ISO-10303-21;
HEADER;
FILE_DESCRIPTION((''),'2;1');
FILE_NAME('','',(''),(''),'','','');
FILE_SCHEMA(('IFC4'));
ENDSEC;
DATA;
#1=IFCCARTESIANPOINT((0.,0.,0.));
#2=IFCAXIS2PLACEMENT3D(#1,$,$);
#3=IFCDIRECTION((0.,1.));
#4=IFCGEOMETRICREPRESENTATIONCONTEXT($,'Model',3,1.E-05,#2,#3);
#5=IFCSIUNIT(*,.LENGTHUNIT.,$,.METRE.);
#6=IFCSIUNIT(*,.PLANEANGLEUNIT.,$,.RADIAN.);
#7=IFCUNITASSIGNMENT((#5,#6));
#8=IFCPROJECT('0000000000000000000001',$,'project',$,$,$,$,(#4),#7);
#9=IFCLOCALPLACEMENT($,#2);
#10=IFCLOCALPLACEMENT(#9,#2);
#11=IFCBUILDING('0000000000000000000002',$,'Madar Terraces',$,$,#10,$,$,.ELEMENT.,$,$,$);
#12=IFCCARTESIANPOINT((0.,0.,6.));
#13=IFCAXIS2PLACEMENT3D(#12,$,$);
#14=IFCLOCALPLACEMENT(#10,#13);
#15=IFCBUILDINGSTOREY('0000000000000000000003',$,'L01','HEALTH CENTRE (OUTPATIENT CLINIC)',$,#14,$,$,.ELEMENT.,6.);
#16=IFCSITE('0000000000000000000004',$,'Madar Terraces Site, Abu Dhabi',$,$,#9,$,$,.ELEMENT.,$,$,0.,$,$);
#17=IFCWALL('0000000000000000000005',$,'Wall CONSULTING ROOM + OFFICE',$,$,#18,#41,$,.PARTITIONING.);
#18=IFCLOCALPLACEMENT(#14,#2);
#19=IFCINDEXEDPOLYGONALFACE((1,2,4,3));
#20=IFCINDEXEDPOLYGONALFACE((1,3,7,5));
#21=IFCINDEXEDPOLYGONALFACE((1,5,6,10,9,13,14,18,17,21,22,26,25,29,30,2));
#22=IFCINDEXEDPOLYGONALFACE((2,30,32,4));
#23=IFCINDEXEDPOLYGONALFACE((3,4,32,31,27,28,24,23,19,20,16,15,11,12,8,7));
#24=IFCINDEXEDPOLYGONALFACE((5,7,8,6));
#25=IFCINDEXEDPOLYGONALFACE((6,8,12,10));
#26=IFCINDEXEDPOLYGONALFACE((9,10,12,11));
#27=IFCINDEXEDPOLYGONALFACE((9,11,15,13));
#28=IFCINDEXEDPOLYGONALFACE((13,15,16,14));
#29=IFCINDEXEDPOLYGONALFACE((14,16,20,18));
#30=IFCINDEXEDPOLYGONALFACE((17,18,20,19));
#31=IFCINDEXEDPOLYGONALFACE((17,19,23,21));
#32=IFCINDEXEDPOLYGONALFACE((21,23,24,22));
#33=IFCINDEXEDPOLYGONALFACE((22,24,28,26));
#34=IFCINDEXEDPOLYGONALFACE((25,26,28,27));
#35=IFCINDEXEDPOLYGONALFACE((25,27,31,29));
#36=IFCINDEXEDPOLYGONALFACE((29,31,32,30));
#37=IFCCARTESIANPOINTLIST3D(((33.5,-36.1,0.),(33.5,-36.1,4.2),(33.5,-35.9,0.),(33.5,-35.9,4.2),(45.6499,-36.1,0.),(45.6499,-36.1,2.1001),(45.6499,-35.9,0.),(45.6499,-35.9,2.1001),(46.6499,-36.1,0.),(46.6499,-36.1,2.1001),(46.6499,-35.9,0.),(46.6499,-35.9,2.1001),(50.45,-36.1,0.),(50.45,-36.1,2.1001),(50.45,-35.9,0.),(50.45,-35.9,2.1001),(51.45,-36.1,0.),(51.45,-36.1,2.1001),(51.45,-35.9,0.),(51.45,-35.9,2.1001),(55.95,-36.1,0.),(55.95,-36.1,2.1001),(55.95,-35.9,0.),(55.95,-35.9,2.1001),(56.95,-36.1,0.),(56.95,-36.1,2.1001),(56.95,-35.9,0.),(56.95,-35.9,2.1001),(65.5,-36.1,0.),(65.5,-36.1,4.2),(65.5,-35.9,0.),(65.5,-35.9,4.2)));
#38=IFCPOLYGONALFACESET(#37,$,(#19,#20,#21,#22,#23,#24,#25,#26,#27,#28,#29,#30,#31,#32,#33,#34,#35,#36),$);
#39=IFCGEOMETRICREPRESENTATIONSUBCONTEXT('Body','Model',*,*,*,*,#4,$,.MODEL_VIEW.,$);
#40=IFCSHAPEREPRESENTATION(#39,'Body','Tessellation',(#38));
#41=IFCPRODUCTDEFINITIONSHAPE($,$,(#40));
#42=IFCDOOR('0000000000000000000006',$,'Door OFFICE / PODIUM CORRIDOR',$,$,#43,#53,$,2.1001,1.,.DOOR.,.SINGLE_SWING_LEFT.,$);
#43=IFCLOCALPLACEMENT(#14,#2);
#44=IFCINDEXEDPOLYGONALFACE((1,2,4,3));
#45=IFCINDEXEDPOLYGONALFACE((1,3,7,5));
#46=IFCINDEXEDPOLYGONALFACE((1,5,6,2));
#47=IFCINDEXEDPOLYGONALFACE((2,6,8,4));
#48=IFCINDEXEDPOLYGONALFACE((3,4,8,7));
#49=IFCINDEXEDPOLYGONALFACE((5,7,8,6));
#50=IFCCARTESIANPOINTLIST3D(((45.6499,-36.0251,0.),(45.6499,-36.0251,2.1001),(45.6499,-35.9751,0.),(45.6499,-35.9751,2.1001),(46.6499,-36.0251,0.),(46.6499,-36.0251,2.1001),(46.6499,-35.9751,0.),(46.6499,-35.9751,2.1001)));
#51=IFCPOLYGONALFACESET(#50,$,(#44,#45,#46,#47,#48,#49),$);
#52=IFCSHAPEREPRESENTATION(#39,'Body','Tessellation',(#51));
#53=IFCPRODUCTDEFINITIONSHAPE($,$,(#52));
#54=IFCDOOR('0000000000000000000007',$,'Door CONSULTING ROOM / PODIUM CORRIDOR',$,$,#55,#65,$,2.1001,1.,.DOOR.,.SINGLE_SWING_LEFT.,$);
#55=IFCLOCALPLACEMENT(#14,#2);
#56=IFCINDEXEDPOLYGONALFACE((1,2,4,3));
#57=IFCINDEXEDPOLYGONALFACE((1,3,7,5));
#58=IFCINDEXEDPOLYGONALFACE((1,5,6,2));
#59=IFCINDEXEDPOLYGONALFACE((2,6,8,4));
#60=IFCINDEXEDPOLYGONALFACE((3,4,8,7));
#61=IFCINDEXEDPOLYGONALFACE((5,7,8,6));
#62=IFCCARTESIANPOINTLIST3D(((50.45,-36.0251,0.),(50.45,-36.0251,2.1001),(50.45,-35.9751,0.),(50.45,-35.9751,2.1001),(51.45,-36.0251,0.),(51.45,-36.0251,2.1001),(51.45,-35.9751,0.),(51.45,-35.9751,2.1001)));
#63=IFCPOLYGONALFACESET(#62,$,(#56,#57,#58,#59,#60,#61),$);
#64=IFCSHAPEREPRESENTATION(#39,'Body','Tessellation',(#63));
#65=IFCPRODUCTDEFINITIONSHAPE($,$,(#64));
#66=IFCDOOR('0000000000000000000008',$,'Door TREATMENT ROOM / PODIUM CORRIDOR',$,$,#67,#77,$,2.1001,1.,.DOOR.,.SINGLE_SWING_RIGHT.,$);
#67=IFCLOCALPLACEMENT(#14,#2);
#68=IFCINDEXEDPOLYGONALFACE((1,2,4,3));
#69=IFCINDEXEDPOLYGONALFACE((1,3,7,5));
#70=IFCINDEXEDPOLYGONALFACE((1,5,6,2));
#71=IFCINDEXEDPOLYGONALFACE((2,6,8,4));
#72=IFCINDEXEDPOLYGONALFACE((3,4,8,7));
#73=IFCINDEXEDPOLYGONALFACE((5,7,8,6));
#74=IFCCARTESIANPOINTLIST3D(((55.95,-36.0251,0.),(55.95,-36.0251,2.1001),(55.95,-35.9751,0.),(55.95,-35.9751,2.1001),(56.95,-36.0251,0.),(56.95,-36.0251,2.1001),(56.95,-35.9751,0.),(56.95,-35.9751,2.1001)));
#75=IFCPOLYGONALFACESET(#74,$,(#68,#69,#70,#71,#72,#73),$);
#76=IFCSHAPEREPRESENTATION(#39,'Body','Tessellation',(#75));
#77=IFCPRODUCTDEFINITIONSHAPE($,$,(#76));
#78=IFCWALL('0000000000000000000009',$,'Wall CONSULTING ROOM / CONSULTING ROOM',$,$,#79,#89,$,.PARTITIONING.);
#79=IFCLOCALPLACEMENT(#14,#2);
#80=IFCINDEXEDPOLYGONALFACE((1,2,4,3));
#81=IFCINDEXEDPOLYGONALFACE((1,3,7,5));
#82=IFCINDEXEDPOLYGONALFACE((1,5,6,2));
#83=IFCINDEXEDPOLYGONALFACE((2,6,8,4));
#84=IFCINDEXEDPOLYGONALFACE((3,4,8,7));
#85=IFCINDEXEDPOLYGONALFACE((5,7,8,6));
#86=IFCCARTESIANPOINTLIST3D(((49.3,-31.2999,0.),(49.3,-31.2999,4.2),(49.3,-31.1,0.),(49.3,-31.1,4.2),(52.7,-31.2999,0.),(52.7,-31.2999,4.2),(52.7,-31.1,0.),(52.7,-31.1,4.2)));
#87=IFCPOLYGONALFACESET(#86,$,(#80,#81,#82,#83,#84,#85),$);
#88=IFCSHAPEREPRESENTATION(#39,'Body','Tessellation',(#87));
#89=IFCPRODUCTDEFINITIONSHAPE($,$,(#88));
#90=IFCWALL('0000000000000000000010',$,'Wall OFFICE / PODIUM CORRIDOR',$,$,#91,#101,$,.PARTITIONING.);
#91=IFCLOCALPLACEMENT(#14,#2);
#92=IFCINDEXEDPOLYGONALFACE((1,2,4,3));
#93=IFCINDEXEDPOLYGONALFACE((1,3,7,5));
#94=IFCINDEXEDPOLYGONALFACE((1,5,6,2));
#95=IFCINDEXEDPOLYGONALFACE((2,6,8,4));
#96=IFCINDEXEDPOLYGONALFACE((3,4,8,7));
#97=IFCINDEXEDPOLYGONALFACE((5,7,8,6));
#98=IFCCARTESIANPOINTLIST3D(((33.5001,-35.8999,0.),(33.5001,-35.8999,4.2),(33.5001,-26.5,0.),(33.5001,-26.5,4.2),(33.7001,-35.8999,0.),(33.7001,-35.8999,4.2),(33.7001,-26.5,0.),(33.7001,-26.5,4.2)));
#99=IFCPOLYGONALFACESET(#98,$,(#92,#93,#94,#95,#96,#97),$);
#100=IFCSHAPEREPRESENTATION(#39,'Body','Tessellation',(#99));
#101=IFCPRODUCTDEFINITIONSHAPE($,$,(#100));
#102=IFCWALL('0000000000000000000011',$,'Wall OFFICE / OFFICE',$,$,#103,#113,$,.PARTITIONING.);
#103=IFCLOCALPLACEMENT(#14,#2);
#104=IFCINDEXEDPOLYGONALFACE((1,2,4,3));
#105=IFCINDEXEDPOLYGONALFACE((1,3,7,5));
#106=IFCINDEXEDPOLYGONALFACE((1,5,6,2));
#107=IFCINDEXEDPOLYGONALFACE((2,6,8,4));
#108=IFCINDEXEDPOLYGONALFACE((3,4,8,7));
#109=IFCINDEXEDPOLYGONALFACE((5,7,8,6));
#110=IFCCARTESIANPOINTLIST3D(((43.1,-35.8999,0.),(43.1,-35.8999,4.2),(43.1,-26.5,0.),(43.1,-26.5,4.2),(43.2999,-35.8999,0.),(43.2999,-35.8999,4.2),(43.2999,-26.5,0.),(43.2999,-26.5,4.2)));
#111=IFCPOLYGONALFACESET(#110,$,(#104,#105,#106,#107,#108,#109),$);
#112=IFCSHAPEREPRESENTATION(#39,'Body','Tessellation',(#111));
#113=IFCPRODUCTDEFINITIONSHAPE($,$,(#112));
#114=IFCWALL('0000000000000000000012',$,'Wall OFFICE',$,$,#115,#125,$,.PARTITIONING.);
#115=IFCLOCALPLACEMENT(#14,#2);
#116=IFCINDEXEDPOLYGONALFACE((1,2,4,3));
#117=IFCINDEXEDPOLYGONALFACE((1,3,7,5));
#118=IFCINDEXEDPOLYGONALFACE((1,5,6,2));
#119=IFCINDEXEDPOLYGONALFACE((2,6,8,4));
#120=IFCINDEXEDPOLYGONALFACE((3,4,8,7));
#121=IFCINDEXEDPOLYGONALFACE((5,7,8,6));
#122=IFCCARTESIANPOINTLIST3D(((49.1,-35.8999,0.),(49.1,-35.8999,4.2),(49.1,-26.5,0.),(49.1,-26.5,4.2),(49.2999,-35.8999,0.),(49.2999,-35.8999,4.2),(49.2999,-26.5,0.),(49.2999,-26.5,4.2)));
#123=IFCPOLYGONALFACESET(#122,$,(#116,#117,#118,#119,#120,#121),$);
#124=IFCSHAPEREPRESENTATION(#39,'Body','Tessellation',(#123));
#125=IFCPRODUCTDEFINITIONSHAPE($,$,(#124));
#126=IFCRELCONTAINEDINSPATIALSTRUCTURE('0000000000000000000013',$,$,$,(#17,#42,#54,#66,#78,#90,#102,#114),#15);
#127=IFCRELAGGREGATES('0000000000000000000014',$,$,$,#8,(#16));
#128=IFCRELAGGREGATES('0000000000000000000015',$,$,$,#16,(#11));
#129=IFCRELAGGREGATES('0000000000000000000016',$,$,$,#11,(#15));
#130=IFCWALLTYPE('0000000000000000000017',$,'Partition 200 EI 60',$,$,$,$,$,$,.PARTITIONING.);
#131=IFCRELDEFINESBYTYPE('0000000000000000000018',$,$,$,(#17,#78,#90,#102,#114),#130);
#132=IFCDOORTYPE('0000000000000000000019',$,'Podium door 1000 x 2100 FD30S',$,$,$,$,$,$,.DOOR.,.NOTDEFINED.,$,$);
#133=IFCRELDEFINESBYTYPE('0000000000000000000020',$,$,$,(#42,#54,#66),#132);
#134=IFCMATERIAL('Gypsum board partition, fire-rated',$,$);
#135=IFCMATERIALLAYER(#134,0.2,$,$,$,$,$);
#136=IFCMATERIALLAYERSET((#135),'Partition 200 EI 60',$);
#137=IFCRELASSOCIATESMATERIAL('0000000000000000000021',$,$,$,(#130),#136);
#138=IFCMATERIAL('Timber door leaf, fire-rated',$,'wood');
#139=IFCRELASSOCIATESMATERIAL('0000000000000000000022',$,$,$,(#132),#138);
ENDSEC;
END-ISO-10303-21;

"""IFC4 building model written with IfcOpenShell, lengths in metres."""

from ifc_helpers import new_model, si_unit, direction, frame, frame_2d, origin, place, context, subcontext, project, spatial, rectangle, extrude, material, layer, layer_set, type_object, element, fill, save


model = new_model("IFC4")

# Units and contexts
model_context = context("Model", 3, precision=1e-05, world=origin(), true_north=direction((0.0, 1.0)))
body_context = subcontext(model_context, "Body", "Model", "MODEL_VIEW")
ifc_project = project(units=[si_unit("LENGTHUNIT", "METRE"), si_unit("PLANEANGLEUNIT", "RADIAN")], contexts=[model_context])

# Site, building, storey
site_placement = place(None, origin())
site = spatial("IfcSite", under=ifc_project, at=site_placement, Name="Madar Terraces Site, Abu Dhabi", CompositionType="ELEMENT", RefElevation=0.0)
building_placement = place(site_placement, origin())
building = spatial("IfcBuilding", under=site, at=building_placement, Name="Madar Terraces", CompositionType="ELEMENT")
storey_placement = place(building_placement, frame((0.0, 0.0, 6.0)))
storey = spatial("IfcBuildingStorey", under=building, at=storey_placement, Name="L01", Description="HEALTH CENTRE (OUTPATIENT CLINIC)", CompositionType="ELEMENT", Elevation=6.0)

# Wall, openings, doors
ifc_material_1 = material(Name="Gypsum board partition, fire-rated")
ifc_layer_1 = layer(ifc_material_1, 0.2)
ifc_layer_set_1 = layer_set([ifc_layer_1], Name="Partition 200 EI 60")
wall_type = type_object("IfcWallType", Name="Partition 200 EI 60", PredefinedType="PARTITIONING", material=ifc_layer_set_1)
wall_1_placement = place(storey_placement, frame((33.5, -36.0, 0.0), z_axis=(0.0, 0.0, 1.0), x_axis=(1.0, 0.0, 0.0)))
wall_1 = element("IfcWall", 1, at=wall_1_placement, inside=storey, type_object=wall_type, Name="Wall CONSULTING ROOM + OFFICE", PredefinedType="PARTITIONING", context=body_context, shape_type="SweptSolid", body=[
    extrude(rectangle(XDim=32.0, YDim=0.2, at=frame_2d((16.0, 0.0))), origin(), (0.0, 0.0, 1.0), 4.2),
])
opening_1_placement = place(wall_1_placement, frame((12.1499, 0.0, 0.0)))
opening_1 = element("IfcOpeningElement", 2, at=opening_1_placement, cuts=wall_1, PredefinedType="OPENING", context=body_context, shape_type="SweptSolid", body=[
    extrude(rectangle(XDim=1.0, YDim=2.1001, at=frame_2d((0.5, 1.05))), frame((0.0, 0.1099, 0.0), z_axis=(0.0, -1.0, 0.0), x_axis=(1.0, 0.0, 0.0)), (0.0, 0.0, 1.0), 0.22),
])
opening_2_placement = place(wall_1_placement, frame((16.95, 0.0, 0.0)))
opening_2 = element("IfcOpeningElement", 3, at=opening_2_placement, cuts=wall_1, PredefinedType="OPENING", context=body_context, shape_type="SweptSolid", body=[
    extrude(rectangle(XDim=1.0, YDim=2.1001, at=frame_2d((0.5, 1.05))), frame((0.0, 0.1099, 0.0), z_axis=(0.0, -1.0, 0.0), x_axis=(1.0, 0.0, 0.0)), (0.0, 0.0, 1.0), 0.22),
])
opening_3_placement = place(wall_1_placement, frame((22.45, 0.0, 0.0)))
opening_3 = element("IfcOpeningElement", 4, at=opening_3_placement, cuts=wall_1, PredefinedType="OPENING", context=body_context, shape_type="SweptSolid", body=[
    extrude(rectangle(XDim=1.0, YDim=2.1001, at=frame_2d((0.5, 1.05))), frame((0.0, 0.1099, 0.0), z_axis=(0.0, -1.0, 0.0), x_axis=(1.0, 0.0, 0.0)), (0.0, 0.0, 1.0), 0.22),
])
ifc_material_2 = material(Name="Timber door leaf, fire-rated", Category="wood")
door_type = type_object("IfcDoorType", Name="Podium door 1000 x 2100 FD30S", OperationType="NOTDEFINED", PredefinedType="DOOR", material=ifc_material_2)
door_1_placement = place(opening_1_placement, origin())
door_1 = element("IfcDoor", 5, at=door_1_placement, inside=storey, type_object=door_type, Name="Door OFFICE / PODIUM CORRIDOR", OperationType="SINGLE_SWING_LEFT", OverallHeight=2.1001, OverallWidth=1.0, PredefinedType="DOOR", context=body_context, shape_type="SweptSolid", body=[
    extrude(rectangle(XDim=1.0, YDim=2.1001, at=frame_2d((0.5, 1.05))), frame((0.0, 0.0249, 0.0), z_axis=(0.0, -1.0, 0.0), x_axis=(1.0, 0.0, 0.0)), (0.0, 0.0, 1.0), 0.05),
])
fill(opening_1, door_1)
door_2_placement = place(opening_2_placement, origin())
door_2 = element("IfcDoor", 6, at=door_2_placement, inside=storey, type_object=door_type, Name="Door CONSULTING ROOM / PODIUM CORRIDOR", OperationType="SINGLE_SWING_LEFT", OverallHeight=2.1001, OverallWidth=1.0, PredefinedType="DOOR", context=body_context, shape_type="SweptSolid", body=[
    extrude(rectangle(XDim=1.0, YDim=2.1001, at=frame_2d((0.5, 1.05))), frame((0.0, 0.0249, 0.0), z_axis=(0.0, -1.0, 0.0), x_axis=(1.0, 0.0, 0.0)), (0.0, 0.0, 1.0), 0.05),
])
fill(opening_2, door_2)
door_3_placement = place(opening_3_placement, origin())
door_3 = element("IfcDoor", 7, at=door_3_placement, inside=storey, type_object=door_type, Name="Door TREATMENT ROOM / PODIUM CORRIDOR", OperationType="SINGLE_SWING_RIGHT", OverallHeight=2.1001, OverallWidth=1.0, PredefinedType="DOOR", context=body_context, shape_type="SweptSolid", body=[
    extrude(rectangle(XDim=1.0, YDim=2.1001, at=frame_2d((0.5, 1.05))), frame((0.0, 0.0249, 0.0), z_axis=(0.0, -1.0, 0.0), x_axis=(1.0, 0.0, 0.0)), (0.0, 0.0, 1.0), 0.05),
])
fill(opening_3, door_3)

# Walls
wall_2_placement = place(storey_placement, frame((49.3, -31.2, 0.0), z_axis=(0.0, 0.0, 1.0), x_axis=(1.0, 0.0, 0.0)))
element("IfcWall", 8, at=wall_2_placement, inside=storey, type_object=wall_type, Name="Wall CONSULTING ROOM / CONSULTING ROOM", PredefinedType="PARTITIONING", context=body_context, shape_type="SweptSolid", body=[
    extrude(rectangle(XDim=3.3999, YDim=0.2, at=frame_2d((1.7, 0.0))), origin(), (0.0, 0.0, 1.0), 4.2),
])
for number, where, z_axis, x_axis, name in (
    (9, (33.6001, -35.8999, 0.0), (0.0, 0.0, 1.0), (0.0, 1.0, 0.0), "Wall OFFICE / PODIUM CORRIDOR"),
    (10, (43.2, -35.8999, 0.0), (0.0, 0.0, 1.0), (0.0, 1.0, 0.0), "Wall OFFICE / OFFICE"),
    (11, (49.2, -35.8999, 0.0), (0.0, 0.0, 1.0), (0.0, 1.0, 0.0), "Wall OFFICE"),
):
    element("IfcWall", number, at=place(storey_placement, frame(where, z_axis=z_axis, x_axis=x_axis)), inside=storey, type_object=wall_type, Name=name, PredefinedType="PARTITIONING", context=body_context, shape_type="SweptSolid", body=[
        extrude(rectangle(XDim=9.3999, YDim=0.2, at=frame_2d((4.7, 0.0))), origin(), (0.0, 0.0, 1.0), 4.2),
    ])

save(model, "model.ifc")
